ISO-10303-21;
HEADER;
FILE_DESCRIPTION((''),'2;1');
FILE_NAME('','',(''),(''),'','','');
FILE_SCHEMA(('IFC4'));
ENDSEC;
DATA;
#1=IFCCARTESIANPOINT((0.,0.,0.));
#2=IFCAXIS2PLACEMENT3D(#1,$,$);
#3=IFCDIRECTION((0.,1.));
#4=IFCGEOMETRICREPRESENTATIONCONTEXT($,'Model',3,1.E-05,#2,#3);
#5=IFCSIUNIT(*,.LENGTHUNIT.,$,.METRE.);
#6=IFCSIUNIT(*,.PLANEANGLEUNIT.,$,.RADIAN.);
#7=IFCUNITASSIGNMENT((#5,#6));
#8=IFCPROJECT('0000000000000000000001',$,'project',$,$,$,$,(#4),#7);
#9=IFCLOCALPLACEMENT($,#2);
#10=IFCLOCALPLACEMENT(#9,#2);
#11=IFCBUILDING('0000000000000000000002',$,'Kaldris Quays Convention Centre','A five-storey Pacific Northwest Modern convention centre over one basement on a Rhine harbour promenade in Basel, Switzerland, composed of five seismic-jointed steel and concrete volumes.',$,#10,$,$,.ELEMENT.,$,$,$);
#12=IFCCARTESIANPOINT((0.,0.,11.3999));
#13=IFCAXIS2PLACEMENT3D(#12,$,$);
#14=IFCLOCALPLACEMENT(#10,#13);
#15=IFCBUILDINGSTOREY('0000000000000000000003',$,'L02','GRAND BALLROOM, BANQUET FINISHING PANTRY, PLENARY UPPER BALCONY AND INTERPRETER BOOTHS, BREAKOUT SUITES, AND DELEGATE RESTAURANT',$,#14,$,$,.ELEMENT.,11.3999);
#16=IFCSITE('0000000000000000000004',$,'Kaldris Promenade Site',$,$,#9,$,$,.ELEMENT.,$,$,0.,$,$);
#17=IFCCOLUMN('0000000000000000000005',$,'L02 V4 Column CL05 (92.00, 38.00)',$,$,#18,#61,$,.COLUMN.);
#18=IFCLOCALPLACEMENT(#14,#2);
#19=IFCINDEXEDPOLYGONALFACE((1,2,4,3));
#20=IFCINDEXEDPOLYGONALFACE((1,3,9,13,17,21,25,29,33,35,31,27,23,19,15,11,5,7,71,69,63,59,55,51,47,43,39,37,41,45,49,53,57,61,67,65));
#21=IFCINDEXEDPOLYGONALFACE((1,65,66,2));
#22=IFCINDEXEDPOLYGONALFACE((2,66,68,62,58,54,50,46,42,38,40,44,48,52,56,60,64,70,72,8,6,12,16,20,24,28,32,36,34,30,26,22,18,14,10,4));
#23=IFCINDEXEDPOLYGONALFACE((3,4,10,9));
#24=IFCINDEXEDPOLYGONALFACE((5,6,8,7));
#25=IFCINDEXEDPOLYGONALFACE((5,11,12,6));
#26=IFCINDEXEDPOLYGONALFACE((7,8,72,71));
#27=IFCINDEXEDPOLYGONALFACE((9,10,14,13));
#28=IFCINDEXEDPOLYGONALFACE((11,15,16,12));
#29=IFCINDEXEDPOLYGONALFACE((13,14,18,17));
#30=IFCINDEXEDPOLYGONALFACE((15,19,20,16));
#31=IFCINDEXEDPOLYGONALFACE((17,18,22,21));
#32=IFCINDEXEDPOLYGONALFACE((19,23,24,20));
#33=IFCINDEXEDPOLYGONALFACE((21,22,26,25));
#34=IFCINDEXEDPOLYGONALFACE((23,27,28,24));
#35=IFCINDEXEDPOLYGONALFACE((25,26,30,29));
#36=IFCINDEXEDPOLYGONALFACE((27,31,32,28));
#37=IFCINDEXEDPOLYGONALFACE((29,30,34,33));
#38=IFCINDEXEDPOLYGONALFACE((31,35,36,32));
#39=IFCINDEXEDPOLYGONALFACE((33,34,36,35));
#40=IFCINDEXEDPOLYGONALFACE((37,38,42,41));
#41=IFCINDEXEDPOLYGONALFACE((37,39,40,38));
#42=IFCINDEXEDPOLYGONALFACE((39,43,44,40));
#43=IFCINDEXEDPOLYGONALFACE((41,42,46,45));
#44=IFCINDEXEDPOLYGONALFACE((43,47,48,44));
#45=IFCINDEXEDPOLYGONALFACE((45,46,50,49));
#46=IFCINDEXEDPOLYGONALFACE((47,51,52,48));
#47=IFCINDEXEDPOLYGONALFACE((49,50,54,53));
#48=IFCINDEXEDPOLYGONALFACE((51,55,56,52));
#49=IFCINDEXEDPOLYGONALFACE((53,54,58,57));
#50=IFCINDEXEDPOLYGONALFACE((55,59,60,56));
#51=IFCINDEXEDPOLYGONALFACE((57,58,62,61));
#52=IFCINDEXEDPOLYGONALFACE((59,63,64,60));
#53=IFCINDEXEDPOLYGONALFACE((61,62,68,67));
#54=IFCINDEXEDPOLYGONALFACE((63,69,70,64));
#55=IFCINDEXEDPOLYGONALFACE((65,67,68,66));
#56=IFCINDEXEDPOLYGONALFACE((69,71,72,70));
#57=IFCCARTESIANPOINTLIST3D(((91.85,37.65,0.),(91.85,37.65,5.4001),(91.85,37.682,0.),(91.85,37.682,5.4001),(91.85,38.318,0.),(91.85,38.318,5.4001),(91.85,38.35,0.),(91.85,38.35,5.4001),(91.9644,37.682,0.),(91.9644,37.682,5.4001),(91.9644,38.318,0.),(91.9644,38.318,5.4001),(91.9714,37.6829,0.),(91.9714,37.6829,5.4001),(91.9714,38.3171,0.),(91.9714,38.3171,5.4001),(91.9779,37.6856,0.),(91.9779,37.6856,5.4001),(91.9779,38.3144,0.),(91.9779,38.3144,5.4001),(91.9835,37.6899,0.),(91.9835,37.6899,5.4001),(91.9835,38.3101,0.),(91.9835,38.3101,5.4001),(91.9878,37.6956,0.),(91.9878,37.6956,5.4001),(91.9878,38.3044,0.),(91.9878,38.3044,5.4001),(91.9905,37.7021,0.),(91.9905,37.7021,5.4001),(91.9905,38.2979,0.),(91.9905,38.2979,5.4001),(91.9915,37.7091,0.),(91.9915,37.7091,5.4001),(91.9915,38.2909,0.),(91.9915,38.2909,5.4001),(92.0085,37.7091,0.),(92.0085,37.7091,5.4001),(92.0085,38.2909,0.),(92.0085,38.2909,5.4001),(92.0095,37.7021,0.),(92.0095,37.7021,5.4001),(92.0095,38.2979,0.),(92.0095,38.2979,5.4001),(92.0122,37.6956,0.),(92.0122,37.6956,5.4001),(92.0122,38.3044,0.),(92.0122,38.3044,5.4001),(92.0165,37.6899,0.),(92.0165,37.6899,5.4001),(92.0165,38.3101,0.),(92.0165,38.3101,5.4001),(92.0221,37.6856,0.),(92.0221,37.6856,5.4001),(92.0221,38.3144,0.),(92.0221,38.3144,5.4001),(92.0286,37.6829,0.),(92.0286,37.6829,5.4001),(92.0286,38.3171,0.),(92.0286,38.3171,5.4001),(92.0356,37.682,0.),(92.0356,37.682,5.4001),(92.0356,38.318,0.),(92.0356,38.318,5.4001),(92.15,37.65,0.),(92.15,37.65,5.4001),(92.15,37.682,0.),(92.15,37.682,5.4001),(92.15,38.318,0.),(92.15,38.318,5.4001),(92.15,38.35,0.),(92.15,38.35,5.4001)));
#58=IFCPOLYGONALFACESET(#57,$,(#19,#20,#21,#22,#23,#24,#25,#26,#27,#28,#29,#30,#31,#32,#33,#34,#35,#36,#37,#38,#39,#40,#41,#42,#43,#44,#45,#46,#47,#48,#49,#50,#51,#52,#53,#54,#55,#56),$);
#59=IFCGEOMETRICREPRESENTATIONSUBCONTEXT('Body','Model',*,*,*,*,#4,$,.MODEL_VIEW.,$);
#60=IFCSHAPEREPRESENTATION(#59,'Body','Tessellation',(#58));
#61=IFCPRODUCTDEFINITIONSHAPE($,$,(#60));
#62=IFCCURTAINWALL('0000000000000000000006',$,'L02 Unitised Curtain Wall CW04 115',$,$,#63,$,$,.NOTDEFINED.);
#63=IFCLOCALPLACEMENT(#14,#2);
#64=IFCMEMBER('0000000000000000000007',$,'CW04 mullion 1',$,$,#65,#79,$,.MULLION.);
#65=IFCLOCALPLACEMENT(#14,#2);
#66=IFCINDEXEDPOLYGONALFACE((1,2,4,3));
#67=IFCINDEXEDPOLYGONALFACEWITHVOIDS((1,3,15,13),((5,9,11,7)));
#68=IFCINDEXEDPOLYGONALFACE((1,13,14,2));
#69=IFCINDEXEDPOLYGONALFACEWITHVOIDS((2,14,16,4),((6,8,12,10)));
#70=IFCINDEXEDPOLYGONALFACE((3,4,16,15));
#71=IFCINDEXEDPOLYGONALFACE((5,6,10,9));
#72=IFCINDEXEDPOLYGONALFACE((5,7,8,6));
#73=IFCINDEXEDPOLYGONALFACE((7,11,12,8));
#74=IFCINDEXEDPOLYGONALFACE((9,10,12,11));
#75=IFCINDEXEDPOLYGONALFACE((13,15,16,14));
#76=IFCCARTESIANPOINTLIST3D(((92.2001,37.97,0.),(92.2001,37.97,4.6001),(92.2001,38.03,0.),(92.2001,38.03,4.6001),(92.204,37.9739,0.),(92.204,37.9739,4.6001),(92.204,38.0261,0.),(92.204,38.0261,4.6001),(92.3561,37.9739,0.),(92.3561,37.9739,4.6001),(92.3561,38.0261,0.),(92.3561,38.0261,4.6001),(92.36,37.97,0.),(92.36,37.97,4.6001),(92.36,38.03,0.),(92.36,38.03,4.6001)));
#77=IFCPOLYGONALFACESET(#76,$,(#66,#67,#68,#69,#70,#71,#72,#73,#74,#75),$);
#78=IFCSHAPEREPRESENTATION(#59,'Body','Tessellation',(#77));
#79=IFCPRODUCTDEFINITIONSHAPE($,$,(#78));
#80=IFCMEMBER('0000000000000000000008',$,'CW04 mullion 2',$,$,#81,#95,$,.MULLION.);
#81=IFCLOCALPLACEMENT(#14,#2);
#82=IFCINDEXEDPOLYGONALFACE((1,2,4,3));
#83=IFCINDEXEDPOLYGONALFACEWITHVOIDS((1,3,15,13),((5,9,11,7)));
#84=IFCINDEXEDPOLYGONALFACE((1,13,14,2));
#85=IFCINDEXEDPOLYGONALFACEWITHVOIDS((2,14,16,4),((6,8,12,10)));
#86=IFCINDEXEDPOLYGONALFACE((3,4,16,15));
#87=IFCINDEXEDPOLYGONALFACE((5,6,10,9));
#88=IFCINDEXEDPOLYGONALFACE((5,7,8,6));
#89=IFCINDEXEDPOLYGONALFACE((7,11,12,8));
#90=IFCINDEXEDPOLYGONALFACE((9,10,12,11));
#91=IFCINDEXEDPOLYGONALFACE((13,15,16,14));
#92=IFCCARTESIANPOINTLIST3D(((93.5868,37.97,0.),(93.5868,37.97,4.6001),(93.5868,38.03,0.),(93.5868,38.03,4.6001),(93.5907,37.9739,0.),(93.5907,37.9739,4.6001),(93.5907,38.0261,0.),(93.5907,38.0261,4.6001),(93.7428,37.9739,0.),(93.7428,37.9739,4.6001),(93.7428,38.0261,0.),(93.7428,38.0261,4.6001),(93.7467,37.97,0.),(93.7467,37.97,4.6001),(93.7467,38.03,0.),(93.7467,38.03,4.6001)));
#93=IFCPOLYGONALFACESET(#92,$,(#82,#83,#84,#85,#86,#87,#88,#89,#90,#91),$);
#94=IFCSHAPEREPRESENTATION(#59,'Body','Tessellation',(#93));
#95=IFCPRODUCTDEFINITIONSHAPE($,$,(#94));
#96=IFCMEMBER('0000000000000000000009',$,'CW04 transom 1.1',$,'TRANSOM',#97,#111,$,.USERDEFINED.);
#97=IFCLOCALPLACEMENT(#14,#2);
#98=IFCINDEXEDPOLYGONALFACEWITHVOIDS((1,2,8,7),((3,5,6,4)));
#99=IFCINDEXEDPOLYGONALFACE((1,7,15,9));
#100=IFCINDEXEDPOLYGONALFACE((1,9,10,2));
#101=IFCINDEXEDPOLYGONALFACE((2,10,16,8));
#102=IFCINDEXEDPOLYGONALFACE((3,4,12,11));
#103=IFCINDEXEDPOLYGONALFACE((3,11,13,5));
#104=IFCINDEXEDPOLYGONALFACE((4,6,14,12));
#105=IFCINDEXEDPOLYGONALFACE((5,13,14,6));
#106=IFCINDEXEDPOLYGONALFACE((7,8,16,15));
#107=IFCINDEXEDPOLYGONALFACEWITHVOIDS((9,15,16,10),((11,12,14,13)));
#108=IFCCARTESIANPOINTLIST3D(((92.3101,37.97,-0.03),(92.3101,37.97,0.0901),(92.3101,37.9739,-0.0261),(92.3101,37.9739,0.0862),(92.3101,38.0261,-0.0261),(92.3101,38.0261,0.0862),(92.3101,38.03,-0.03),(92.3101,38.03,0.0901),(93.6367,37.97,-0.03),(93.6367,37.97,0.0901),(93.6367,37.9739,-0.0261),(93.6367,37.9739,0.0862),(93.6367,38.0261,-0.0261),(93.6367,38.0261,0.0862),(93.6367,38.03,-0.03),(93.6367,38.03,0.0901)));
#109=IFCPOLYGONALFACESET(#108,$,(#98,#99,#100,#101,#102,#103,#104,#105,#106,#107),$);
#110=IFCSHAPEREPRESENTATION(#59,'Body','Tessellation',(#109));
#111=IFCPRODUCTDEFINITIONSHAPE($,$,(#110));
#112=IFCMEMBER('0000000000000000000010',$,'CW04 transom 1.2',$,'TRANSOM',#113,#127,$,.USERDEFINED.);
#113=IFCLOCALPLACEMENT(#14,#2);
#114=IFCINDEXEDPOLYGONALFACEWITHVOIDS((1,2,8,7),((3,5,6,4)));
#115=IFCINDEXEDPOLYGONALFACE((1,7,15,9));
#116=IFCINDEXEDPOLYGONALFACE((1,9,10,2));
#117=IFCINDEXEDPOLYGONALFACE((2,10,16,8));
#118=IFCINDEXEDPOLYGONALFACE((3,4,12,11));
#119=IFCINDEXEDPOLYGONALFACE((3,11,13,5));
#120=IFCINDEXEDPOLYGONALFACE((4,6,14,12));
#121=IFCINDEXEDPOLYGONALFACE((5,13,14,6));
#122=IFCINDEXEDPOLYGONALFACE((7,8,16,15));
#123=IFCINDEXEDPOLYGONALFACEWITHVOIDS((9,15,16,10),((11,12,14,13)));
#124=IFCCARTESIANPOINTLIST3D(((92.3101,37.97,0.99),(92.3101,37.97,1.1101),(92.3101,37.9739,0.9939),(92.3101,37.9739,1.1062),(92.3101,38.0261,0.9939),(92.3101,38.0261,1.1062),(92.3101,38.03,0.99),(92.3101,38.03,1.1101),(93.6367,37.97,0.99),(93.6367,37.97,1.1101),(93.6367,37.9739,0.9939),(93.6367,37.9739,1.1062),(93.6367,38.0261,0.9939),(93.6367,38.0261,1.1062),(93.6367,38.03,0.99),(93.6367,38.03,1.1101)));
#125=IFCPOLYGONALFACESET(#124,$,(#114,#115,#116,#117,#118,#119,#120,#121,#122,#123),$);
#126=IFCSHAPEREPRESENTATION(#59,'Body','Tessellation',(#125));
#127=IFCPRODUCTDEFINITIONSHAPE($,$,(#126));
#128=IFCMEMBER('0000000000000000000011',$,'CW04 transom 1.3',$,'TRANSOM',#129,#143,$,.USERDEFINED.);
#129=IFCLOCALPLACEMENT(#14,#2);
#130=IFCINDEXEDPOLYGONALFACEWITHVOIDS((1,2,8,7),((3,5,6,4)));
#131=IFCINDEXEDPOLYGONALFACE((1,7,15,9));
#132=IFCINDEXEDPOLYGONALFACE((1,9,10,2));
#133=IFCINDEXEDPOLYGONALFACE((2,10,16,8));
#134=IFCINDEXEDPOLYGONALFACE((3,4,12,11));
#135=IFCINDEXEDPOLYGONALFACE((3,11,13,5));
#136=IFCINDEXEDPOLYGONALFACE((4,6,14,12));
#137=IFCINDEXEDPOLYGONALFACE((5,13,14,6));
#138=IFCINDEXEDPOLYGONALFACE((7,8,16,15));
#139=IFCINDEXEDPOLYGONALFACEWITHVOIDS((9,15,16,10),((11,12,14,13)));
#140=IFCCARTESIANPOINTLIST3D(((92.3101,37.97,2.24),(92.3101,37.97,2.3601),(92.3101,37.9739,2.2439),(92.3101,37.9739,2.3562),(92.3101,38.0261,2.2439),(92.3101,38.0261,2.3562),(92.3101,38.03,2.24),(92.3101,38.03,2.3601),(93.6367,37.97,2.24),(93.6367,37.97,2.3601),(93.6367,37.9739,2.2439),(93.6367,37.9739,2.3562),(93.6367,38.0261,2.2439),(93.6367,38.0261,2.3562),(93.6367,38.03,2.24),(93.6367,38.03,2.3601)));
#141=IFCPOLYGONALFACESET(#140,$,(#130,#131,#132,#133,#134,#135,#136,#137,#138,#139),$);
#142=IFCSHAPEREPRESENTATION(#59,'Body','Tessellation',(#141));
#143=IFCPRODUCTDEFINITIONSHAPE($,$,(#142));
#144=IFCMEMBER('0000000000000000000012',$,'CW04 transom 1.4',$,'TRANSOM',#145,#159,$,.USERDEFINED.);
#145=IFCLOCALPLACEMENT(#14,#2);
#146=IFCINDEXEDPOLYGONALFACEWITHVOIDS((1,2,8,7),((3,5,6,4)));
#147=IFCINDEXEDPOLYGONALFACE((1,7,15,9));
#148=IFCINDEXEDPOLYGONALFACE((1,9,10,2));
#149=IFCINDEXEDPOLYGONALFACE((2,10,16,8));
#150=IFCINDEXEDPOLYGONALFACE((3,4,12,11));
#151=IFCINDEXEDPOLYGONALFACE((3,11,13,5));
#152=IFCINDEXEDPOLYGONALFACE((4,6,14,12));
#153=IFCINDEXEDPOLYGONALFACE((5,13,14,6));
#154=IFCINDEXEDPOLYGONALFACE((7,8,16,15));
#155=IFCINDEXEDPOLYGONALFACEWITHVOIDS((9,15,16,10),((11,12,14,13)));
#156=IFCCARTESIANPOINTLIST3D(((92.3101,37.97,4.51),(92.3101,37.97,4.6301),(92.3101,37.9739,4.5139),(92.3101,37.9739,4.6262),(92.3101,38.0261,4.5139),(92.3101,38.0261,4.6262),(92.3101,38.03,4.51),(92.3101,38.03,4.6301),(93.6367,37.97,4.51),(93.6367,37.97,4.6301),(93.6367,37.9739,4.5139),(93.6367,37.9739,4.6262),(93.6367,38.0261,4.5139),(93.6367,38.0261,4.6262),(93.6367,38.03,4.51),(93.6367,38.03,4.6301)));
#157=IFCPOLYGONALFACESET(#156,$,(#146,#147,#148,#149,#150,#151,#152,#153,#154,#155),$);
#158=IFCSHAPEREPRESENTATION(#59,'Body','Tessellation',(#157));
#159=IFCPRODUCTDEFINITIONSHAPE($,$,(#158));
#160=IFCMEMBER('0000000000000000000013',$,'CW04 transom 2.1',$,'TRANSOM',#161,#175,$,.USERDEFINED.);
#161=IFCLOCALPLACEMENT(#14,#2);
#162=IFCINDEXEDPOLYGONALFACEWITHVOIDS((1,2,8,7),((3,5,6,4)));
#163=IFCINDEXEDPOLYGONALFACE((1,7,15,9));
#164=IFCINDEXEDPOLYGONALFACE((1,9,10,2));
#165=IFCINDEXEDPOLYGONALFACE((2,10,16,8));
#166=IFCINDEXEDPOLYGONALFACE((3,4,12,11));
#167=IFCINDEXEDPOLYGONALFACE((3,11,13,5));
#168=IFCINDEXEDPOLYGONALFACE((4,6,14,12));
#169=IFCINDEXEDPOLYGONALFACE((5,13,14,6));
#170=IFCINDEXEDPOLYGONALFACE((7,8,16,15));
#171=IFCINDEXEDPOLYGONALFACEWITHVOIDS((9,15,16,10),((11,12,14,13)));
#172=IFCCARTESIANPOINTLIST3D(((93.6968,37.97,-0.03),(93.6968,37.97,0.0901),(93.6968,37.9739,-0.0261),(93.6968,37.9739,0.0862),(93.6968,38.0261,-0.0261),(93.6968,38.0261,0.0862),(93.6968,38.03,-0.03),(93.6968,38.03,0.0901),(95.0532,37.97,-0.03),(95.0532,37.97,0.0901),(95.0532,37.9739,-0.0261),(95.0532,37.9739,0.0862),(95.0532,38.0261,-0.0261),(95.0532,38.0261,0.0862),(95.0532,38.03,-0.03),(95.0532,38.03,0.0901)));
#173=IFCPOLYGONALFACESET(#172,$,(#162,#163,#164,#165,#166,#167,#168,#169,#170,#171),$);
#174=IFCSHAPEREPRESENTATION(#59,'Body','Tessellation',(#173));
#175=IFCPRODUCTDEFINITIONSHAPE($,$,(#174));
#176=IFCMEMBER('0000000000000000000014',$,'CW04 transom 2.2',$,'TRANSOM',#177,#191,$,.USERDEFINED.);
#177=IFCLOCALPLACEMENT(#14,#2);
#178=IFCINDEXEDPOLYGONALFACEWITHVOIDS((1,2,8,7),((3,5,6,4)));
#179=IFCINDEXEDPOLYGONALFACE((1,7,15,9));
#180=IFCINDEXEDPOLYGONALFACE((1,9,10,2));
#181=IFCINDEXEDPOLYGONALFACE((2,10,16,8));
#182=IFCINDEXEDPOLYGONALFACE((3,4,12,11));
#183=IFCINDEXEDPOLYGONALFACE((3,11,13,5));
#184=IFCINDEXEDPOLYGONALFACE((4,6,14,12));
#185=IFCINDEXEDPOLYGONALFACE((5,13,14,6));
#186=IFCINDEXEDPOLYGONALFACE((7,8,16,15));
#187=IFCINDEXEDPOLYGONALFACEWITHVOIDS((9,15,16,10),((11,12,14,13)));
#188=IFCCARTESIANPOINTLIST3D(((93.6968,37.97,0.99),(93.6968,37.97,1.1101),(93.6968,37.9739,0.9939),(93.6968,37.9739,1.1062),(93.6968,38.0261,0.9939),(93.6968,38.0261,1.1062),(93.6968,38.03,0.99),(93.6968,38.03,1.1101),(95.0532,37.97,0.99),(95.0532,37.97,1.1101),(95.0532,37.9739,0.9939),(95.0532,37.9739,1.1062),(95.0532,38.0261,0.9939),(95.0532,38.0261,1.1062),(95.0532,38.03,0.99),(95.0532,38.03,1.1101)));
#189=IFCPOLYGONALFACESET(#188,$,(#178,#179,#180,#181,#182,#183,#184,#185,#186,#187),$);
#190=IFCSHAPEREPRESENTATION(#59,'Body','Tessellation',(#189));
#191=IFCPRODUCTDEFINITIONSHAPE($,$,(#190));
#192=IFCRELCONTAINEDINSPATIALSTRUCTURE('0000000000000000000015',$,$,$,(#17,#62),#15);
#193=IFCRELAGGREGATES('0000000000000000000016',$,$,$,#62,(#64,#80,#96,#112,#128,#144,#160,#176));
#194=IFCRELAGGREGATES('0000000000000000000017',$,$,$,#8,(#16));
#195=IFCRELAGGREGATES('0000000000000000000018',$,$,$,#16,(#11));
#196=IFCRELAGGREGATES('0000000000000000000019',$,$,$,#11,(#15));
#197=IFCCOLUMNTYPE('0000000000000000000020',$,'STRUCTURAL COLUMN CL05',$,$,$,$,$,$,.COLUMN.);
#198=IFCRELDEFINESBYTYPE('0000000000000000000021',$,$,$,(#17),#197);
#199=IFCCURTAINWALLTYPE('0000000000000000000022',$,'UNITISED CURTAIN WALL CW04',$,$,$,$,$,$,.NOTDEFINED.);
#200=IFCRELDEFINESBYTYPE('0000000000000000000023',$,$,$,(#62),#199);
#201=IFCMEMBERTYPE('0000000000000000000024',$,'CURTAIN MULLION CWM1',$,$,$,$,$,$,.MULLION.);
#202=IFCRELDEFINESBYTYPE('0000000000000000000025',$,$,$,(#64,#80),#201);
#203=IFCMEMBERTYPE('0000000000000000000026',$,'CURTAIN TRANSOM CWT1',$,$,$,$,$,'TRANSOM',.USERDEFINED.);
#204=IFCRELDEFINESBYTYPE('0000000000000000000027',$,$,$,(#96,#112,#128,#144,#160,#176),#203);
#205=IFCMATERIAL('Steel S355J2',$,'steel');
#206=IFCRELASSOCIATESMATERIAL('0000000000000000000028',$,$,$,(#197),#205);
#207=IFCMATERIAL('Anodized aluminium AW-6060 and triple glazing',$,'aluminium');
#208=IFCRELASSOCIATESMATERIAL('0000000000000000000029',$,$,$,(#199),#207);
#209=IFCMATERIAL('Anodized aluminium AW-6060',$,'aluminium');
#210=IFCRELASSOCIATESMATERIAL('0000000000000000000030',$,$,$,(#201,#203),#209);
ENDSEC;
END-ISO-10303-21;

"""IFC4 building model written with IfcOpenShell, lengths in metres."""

from ifc_helpers import new_model, si_unit, direction, frame, origin, origin_2d, place, context, subcontext, project, spatial, hollow_rectangle, i_section, extrude, material, material_profile, profile_set, type_object, element, aggregate, save


model = new_model("IFC4")

# Units and contexts
model_context = context("Model", 3, precision=1e-05, world=origin(), true_north=direction((0.0, 1.0)))
body_context = subcontext(model_context, "Body", "Model", "MODEL_VIEW")
ifc_project = project(units=[si_unit("LENGTHUNIT", "METRE"), si_unit("PLANEANGLEUNIT", "RADIAN")], contexts=[model_context])

# Site, building, storey
site_placement = place(None, origin())
site = spatial("IfcSite", under=ifc_project, at=site_placement, Name="Kaldris Promenade Site", CompositionType="ELEMENT", RefElevation=0.0)
building_placement = place(site_placement, origin())
building = spatial("IfcBuilding", under=site, at=building_placement, Name="Kaldris Quays Convention Centre", Description="A five-storey Pacific Northwest Modern convention centre over one basement on a Rhine harbour promenade in Basel, Switzerland, composed of five seismic-jointed steel and concrete volumes.", CompositionType="ELEMENT")
storey_placement = place(building_placement, frame((0.0, 0.0, 11.3999)))
storey = spatial("IfcBuildingStorey", under=building, at=storey_placement, Name="L02", Description="GRAND BALLROOM, BANQUET FINISHING PANTRY, PLENARY UPPER BALCONY AND INTERPRETER BOOTHS, BREAKOUT SUITES, AND DELEGATE RESTAURANT", CompositionType="ELEMENT", Elevation=11.3999)

# Column
ifc_material_1 = material(Name="Steel S355J2", Category="steel")
ifc_material_profile_1 = material_profile(ifc_material_1, i_section(OverallWidth=0.3, OverallDepth=0.7, WebThickness=0.0171, FlangeThickness=0.032, FilletRadius=0.0271, at=origin_2d()), Name="HEB 700")
ifc_profile_set_1 = profile_set([ifc_material_profile_1], Name="Steel S355J2")
column_type = type_object("IfcColumnType", Name="STRUCTURAL COLUMN CL05", PredefinedType="COLUMN", material=ifc_profile_set_1)
column_placement = place(storey_placement, frame((92.0, 38.0, 0.0), z_axis=(0.0, 0.0, 1.0), x_axis=(1.0, 0.0, 0.0)))
element("IfcColumn", 1, at=column_placement, inside=storey, type_object=column_type, Name="L02 V4 Column CL05 (92.00, 38.00)", PredefinedType="COLUMN", context=body_context, shape_type="SweptSolid", body=[
    extrude(i_section(OverallWidth=0.3, OverallDepth=0.7, WebThickness=0.0171, FlangeThickness=0.032, FilletRadius=0.0271, at=origin_2d()), origin(), (0.0, 0.0, 1.0), 5.4001),
])

# Curtain wall, members
ifc_material_2 = material(Name="Anodized aluminium AW-6060 and triple glazing", Category="aluminium")
curtain_wall_type = type_object("IfcCurtainWallType", Name="UNITISED CURTAIN WALL CW04", PredefinedType="NOTDEFINED", material=ifc_material_2)
curtain_wall_placement = place(storey_placement, origin())
curtain_wall = element("IfcCurtainWall", 2, at=curtain_wall_placement, inside=storey, type_object=curtain_wall_type, Name="L02 Unitised Curtain Wall CW04 115", PredefinedType="NOTDEFINED")
ifc_material_3 = material(Name="Anodized aluminium AW-6060", Category="aluminium")
ifc_material_profile_2 = material_profile(ifc_material_3, hollow_rectangle(XDim=0.0601, YDim=0.1599, WallThickness=0.0039, at=origin_2d()), Name="RHS 160x60x4")
ifc_profile_set_2 = profile_set([ifc_material_profile_2], Name="Anodized aluminium AW-6060")
member_type_1 = type_object("IfcMemberType", Name="CURTAIN MULLION CWM1", PredefinedType="MULLION", material=ifc_profile_set_2)
member_1_placement = place(storey_placement, frame((92.28, 38.0, 0.0), z_axis=(0.0, 0.0, 1.0), x_axis=(0.0, 1.0, 0.0)))
member_1 = element("IfcMember", 3, at=member_1_placement, type_object=member_type_1, Name="CW04 mullion 1", PredefinedType="MULLION", context=body_context, shape_type="SweptSolid", body=[
    extrude(hollow_rectangle(XDim=0.0601, YDim=0.1599, WallThickness=0.0039, at=origin_2d()), origin(), (0.0, 0.0, 1.0), 4.6001),
])
member_2_placement = place(storey_placement, frame((93.6667, 38.0, 0.0), z_axis=(0.0, 0.0, 1.0), x_axis=(0.0, 1.0, 0.0)))
member_2 = element("IfcMember", 4, at=member_2_placement, type_object=member_type_1, Name="CW04 mullion 2", PredefinedType="MULLION", context=body_context, shape_type="SweptSolid", body=[
    extrude(hollow_rectangle(XDim=0.0601, YDim=0.1599, WallThickness=0.0039, at=origin_2d()), origin(), (0.0, 0.0, 1.0), 4.6001),
])
ifc_material_profile_3 = material_profile(ifc_material_3, hollow_rectangle(XDim=0.0601, YDim=0.1201, WallThickness=0.0039, at=origin_2d()), Name="RHS 120x60x4")
ifc_profile_set_3 = profile_set([ifc_material_profile_3], Name="Anodized aluminium AW-6060")
member_type_2 = type_object("IfcMemberType", Name="CURTAIN TRANSOM CWT1", ElementType="TRANSOM", PredefinedType="USERDEFINED", material=ifc_profile_set_3)
member_3_placement = place(storey_placement, frame((92.3101, 38.0, 0.03), z_axis=(1.0, 0.0, 0.0), x_axis=(0.0, 1.0, 0.0)))
member_3 = element("IfcMember", 5, at=member_3_placement, type_object=member_type_2, Name="CW04 transom 1.1", ObjectType="TRANSOM", PredefinedType="USERDEFINED", context=body_context, shape_type="SweptSolid", body=[
    extrude(hollow_rectangle(XDim=0.0601, YDim=0.1201, WallThickness=0.0039, at=origin_2d()), origin(), (0.0, 0.0, 1.0), 1.3267),
])
member_4_placement = place(storey_placement, frame((92.3101, 38.0, 1.05), z_axis=(1.0, 0.0, 0.0), x_axis=(0.0, 1.0, 0.0)))
member_4 = element("IfcMember", 6, at=member_4_placement, type_object=member_type_2, Name="CW04 transom 1.2", ObjectType="TRANSOM", PredefinedType="USERDEFINED", context=body_context, shape_type="SweptSolid", body=[
    extrude(hollow_rectangle(XDim=0.0601, YDim=0.1201, WallThickness=0.0039, at=origin_2d()), origin(), (0.0, 0.0, 1.0), 1.3267),
])
member_5_placement = place(storey_placement, frame((92.3101, 38.0, 2.3), z_axis=(1.0, 0.0, 0.0), x_axis=(0.0, 1.0, 0.0)))
member_5 = element("IfcMember", 7, at=member_5_placement, type_object=member_type_2, Name="CW04 transom 1.3", ObjectType="TRANSOM", PredefinedType="USERDEFINED", context=body_context, shape_type="SweptSolid", body=[
    extrude(hollow_rectangle(XDim=0.0601, YDim=0.1201, WallThickness=0.0039, at=origin_2d()), origin(), (0.0, 0.0, 1.0), 1.3267),
])
member_6_placement = place(storey_placement, frame((92.3101, 38.0, 4.5701), z_axis=(1.0, 0.0, 0.0), x_axis=(0.0, 1.0, 0.0)))
member_6 = element("IfcMember", 8, at=member_6_placement, type_object=member_type_2, Name="CW04 transom 1.4", ObjectType="TRANSOM", PredefinedType="USERDEFINED", context=body_context, shape_type="SweptSolid", body=[
    extrude(hollow_rectangle(XDim=0.0601, YDim=0.1201, WallThickness=0.0039, at=origin_2d()), origin(), (0.0, 0.0, 1.0), 1.3267),
])
member_7_placement = place(storey_placement, frame((93.6968, 38.0, 0.03), z_axis=(1.0, 0.0, 0.0), x_axis=(0.0, 1.0, 0.0)))
member_7 = element("IfcMember", 9, at=member_7_placement, type_object=member_type_2, Name="CW04 transom 2.1", ObjectType="TRANSOM", PredefinedType="USERDEFINED", context=body_context, shape_type="SweptSolid", body=[
    extrude(hollow_rectangle(XDim=0.0601, YDim=0.1201, WallThickness=0.0039, at=origin_2d()), origin(), (0.0, 0.0, 1.0), 1.3564),
])
member_8_placement = place(storey_placement, frame((93.6968, 38.0, 1.05), z_axis=(1.0, 0.0, 0.0), x_axis=(0.0, 1.0, 0.0)))
member_8 = element("IfcMember", 10, at=member_8_placement, type_object=member_type_2, Name="CW04 transom 2.2", ObjectType="TRANSOM", PredefinedType="USERDEFINED", context=body_context, shape_type="SweptSolid", body=[
    extrude(hollow_rectangle(XDim=0.0601, YDim=0.1201, WallThickness=0.0039, at=origin_2d()), origin(), (0.0, 0.0, 1.0), 1.3564),
])

aggregate(curtain_wall, [member_1, member_2, member_3, member_4, member_5, member_6, member_7, member_8])

save(model, "model.ifc")
